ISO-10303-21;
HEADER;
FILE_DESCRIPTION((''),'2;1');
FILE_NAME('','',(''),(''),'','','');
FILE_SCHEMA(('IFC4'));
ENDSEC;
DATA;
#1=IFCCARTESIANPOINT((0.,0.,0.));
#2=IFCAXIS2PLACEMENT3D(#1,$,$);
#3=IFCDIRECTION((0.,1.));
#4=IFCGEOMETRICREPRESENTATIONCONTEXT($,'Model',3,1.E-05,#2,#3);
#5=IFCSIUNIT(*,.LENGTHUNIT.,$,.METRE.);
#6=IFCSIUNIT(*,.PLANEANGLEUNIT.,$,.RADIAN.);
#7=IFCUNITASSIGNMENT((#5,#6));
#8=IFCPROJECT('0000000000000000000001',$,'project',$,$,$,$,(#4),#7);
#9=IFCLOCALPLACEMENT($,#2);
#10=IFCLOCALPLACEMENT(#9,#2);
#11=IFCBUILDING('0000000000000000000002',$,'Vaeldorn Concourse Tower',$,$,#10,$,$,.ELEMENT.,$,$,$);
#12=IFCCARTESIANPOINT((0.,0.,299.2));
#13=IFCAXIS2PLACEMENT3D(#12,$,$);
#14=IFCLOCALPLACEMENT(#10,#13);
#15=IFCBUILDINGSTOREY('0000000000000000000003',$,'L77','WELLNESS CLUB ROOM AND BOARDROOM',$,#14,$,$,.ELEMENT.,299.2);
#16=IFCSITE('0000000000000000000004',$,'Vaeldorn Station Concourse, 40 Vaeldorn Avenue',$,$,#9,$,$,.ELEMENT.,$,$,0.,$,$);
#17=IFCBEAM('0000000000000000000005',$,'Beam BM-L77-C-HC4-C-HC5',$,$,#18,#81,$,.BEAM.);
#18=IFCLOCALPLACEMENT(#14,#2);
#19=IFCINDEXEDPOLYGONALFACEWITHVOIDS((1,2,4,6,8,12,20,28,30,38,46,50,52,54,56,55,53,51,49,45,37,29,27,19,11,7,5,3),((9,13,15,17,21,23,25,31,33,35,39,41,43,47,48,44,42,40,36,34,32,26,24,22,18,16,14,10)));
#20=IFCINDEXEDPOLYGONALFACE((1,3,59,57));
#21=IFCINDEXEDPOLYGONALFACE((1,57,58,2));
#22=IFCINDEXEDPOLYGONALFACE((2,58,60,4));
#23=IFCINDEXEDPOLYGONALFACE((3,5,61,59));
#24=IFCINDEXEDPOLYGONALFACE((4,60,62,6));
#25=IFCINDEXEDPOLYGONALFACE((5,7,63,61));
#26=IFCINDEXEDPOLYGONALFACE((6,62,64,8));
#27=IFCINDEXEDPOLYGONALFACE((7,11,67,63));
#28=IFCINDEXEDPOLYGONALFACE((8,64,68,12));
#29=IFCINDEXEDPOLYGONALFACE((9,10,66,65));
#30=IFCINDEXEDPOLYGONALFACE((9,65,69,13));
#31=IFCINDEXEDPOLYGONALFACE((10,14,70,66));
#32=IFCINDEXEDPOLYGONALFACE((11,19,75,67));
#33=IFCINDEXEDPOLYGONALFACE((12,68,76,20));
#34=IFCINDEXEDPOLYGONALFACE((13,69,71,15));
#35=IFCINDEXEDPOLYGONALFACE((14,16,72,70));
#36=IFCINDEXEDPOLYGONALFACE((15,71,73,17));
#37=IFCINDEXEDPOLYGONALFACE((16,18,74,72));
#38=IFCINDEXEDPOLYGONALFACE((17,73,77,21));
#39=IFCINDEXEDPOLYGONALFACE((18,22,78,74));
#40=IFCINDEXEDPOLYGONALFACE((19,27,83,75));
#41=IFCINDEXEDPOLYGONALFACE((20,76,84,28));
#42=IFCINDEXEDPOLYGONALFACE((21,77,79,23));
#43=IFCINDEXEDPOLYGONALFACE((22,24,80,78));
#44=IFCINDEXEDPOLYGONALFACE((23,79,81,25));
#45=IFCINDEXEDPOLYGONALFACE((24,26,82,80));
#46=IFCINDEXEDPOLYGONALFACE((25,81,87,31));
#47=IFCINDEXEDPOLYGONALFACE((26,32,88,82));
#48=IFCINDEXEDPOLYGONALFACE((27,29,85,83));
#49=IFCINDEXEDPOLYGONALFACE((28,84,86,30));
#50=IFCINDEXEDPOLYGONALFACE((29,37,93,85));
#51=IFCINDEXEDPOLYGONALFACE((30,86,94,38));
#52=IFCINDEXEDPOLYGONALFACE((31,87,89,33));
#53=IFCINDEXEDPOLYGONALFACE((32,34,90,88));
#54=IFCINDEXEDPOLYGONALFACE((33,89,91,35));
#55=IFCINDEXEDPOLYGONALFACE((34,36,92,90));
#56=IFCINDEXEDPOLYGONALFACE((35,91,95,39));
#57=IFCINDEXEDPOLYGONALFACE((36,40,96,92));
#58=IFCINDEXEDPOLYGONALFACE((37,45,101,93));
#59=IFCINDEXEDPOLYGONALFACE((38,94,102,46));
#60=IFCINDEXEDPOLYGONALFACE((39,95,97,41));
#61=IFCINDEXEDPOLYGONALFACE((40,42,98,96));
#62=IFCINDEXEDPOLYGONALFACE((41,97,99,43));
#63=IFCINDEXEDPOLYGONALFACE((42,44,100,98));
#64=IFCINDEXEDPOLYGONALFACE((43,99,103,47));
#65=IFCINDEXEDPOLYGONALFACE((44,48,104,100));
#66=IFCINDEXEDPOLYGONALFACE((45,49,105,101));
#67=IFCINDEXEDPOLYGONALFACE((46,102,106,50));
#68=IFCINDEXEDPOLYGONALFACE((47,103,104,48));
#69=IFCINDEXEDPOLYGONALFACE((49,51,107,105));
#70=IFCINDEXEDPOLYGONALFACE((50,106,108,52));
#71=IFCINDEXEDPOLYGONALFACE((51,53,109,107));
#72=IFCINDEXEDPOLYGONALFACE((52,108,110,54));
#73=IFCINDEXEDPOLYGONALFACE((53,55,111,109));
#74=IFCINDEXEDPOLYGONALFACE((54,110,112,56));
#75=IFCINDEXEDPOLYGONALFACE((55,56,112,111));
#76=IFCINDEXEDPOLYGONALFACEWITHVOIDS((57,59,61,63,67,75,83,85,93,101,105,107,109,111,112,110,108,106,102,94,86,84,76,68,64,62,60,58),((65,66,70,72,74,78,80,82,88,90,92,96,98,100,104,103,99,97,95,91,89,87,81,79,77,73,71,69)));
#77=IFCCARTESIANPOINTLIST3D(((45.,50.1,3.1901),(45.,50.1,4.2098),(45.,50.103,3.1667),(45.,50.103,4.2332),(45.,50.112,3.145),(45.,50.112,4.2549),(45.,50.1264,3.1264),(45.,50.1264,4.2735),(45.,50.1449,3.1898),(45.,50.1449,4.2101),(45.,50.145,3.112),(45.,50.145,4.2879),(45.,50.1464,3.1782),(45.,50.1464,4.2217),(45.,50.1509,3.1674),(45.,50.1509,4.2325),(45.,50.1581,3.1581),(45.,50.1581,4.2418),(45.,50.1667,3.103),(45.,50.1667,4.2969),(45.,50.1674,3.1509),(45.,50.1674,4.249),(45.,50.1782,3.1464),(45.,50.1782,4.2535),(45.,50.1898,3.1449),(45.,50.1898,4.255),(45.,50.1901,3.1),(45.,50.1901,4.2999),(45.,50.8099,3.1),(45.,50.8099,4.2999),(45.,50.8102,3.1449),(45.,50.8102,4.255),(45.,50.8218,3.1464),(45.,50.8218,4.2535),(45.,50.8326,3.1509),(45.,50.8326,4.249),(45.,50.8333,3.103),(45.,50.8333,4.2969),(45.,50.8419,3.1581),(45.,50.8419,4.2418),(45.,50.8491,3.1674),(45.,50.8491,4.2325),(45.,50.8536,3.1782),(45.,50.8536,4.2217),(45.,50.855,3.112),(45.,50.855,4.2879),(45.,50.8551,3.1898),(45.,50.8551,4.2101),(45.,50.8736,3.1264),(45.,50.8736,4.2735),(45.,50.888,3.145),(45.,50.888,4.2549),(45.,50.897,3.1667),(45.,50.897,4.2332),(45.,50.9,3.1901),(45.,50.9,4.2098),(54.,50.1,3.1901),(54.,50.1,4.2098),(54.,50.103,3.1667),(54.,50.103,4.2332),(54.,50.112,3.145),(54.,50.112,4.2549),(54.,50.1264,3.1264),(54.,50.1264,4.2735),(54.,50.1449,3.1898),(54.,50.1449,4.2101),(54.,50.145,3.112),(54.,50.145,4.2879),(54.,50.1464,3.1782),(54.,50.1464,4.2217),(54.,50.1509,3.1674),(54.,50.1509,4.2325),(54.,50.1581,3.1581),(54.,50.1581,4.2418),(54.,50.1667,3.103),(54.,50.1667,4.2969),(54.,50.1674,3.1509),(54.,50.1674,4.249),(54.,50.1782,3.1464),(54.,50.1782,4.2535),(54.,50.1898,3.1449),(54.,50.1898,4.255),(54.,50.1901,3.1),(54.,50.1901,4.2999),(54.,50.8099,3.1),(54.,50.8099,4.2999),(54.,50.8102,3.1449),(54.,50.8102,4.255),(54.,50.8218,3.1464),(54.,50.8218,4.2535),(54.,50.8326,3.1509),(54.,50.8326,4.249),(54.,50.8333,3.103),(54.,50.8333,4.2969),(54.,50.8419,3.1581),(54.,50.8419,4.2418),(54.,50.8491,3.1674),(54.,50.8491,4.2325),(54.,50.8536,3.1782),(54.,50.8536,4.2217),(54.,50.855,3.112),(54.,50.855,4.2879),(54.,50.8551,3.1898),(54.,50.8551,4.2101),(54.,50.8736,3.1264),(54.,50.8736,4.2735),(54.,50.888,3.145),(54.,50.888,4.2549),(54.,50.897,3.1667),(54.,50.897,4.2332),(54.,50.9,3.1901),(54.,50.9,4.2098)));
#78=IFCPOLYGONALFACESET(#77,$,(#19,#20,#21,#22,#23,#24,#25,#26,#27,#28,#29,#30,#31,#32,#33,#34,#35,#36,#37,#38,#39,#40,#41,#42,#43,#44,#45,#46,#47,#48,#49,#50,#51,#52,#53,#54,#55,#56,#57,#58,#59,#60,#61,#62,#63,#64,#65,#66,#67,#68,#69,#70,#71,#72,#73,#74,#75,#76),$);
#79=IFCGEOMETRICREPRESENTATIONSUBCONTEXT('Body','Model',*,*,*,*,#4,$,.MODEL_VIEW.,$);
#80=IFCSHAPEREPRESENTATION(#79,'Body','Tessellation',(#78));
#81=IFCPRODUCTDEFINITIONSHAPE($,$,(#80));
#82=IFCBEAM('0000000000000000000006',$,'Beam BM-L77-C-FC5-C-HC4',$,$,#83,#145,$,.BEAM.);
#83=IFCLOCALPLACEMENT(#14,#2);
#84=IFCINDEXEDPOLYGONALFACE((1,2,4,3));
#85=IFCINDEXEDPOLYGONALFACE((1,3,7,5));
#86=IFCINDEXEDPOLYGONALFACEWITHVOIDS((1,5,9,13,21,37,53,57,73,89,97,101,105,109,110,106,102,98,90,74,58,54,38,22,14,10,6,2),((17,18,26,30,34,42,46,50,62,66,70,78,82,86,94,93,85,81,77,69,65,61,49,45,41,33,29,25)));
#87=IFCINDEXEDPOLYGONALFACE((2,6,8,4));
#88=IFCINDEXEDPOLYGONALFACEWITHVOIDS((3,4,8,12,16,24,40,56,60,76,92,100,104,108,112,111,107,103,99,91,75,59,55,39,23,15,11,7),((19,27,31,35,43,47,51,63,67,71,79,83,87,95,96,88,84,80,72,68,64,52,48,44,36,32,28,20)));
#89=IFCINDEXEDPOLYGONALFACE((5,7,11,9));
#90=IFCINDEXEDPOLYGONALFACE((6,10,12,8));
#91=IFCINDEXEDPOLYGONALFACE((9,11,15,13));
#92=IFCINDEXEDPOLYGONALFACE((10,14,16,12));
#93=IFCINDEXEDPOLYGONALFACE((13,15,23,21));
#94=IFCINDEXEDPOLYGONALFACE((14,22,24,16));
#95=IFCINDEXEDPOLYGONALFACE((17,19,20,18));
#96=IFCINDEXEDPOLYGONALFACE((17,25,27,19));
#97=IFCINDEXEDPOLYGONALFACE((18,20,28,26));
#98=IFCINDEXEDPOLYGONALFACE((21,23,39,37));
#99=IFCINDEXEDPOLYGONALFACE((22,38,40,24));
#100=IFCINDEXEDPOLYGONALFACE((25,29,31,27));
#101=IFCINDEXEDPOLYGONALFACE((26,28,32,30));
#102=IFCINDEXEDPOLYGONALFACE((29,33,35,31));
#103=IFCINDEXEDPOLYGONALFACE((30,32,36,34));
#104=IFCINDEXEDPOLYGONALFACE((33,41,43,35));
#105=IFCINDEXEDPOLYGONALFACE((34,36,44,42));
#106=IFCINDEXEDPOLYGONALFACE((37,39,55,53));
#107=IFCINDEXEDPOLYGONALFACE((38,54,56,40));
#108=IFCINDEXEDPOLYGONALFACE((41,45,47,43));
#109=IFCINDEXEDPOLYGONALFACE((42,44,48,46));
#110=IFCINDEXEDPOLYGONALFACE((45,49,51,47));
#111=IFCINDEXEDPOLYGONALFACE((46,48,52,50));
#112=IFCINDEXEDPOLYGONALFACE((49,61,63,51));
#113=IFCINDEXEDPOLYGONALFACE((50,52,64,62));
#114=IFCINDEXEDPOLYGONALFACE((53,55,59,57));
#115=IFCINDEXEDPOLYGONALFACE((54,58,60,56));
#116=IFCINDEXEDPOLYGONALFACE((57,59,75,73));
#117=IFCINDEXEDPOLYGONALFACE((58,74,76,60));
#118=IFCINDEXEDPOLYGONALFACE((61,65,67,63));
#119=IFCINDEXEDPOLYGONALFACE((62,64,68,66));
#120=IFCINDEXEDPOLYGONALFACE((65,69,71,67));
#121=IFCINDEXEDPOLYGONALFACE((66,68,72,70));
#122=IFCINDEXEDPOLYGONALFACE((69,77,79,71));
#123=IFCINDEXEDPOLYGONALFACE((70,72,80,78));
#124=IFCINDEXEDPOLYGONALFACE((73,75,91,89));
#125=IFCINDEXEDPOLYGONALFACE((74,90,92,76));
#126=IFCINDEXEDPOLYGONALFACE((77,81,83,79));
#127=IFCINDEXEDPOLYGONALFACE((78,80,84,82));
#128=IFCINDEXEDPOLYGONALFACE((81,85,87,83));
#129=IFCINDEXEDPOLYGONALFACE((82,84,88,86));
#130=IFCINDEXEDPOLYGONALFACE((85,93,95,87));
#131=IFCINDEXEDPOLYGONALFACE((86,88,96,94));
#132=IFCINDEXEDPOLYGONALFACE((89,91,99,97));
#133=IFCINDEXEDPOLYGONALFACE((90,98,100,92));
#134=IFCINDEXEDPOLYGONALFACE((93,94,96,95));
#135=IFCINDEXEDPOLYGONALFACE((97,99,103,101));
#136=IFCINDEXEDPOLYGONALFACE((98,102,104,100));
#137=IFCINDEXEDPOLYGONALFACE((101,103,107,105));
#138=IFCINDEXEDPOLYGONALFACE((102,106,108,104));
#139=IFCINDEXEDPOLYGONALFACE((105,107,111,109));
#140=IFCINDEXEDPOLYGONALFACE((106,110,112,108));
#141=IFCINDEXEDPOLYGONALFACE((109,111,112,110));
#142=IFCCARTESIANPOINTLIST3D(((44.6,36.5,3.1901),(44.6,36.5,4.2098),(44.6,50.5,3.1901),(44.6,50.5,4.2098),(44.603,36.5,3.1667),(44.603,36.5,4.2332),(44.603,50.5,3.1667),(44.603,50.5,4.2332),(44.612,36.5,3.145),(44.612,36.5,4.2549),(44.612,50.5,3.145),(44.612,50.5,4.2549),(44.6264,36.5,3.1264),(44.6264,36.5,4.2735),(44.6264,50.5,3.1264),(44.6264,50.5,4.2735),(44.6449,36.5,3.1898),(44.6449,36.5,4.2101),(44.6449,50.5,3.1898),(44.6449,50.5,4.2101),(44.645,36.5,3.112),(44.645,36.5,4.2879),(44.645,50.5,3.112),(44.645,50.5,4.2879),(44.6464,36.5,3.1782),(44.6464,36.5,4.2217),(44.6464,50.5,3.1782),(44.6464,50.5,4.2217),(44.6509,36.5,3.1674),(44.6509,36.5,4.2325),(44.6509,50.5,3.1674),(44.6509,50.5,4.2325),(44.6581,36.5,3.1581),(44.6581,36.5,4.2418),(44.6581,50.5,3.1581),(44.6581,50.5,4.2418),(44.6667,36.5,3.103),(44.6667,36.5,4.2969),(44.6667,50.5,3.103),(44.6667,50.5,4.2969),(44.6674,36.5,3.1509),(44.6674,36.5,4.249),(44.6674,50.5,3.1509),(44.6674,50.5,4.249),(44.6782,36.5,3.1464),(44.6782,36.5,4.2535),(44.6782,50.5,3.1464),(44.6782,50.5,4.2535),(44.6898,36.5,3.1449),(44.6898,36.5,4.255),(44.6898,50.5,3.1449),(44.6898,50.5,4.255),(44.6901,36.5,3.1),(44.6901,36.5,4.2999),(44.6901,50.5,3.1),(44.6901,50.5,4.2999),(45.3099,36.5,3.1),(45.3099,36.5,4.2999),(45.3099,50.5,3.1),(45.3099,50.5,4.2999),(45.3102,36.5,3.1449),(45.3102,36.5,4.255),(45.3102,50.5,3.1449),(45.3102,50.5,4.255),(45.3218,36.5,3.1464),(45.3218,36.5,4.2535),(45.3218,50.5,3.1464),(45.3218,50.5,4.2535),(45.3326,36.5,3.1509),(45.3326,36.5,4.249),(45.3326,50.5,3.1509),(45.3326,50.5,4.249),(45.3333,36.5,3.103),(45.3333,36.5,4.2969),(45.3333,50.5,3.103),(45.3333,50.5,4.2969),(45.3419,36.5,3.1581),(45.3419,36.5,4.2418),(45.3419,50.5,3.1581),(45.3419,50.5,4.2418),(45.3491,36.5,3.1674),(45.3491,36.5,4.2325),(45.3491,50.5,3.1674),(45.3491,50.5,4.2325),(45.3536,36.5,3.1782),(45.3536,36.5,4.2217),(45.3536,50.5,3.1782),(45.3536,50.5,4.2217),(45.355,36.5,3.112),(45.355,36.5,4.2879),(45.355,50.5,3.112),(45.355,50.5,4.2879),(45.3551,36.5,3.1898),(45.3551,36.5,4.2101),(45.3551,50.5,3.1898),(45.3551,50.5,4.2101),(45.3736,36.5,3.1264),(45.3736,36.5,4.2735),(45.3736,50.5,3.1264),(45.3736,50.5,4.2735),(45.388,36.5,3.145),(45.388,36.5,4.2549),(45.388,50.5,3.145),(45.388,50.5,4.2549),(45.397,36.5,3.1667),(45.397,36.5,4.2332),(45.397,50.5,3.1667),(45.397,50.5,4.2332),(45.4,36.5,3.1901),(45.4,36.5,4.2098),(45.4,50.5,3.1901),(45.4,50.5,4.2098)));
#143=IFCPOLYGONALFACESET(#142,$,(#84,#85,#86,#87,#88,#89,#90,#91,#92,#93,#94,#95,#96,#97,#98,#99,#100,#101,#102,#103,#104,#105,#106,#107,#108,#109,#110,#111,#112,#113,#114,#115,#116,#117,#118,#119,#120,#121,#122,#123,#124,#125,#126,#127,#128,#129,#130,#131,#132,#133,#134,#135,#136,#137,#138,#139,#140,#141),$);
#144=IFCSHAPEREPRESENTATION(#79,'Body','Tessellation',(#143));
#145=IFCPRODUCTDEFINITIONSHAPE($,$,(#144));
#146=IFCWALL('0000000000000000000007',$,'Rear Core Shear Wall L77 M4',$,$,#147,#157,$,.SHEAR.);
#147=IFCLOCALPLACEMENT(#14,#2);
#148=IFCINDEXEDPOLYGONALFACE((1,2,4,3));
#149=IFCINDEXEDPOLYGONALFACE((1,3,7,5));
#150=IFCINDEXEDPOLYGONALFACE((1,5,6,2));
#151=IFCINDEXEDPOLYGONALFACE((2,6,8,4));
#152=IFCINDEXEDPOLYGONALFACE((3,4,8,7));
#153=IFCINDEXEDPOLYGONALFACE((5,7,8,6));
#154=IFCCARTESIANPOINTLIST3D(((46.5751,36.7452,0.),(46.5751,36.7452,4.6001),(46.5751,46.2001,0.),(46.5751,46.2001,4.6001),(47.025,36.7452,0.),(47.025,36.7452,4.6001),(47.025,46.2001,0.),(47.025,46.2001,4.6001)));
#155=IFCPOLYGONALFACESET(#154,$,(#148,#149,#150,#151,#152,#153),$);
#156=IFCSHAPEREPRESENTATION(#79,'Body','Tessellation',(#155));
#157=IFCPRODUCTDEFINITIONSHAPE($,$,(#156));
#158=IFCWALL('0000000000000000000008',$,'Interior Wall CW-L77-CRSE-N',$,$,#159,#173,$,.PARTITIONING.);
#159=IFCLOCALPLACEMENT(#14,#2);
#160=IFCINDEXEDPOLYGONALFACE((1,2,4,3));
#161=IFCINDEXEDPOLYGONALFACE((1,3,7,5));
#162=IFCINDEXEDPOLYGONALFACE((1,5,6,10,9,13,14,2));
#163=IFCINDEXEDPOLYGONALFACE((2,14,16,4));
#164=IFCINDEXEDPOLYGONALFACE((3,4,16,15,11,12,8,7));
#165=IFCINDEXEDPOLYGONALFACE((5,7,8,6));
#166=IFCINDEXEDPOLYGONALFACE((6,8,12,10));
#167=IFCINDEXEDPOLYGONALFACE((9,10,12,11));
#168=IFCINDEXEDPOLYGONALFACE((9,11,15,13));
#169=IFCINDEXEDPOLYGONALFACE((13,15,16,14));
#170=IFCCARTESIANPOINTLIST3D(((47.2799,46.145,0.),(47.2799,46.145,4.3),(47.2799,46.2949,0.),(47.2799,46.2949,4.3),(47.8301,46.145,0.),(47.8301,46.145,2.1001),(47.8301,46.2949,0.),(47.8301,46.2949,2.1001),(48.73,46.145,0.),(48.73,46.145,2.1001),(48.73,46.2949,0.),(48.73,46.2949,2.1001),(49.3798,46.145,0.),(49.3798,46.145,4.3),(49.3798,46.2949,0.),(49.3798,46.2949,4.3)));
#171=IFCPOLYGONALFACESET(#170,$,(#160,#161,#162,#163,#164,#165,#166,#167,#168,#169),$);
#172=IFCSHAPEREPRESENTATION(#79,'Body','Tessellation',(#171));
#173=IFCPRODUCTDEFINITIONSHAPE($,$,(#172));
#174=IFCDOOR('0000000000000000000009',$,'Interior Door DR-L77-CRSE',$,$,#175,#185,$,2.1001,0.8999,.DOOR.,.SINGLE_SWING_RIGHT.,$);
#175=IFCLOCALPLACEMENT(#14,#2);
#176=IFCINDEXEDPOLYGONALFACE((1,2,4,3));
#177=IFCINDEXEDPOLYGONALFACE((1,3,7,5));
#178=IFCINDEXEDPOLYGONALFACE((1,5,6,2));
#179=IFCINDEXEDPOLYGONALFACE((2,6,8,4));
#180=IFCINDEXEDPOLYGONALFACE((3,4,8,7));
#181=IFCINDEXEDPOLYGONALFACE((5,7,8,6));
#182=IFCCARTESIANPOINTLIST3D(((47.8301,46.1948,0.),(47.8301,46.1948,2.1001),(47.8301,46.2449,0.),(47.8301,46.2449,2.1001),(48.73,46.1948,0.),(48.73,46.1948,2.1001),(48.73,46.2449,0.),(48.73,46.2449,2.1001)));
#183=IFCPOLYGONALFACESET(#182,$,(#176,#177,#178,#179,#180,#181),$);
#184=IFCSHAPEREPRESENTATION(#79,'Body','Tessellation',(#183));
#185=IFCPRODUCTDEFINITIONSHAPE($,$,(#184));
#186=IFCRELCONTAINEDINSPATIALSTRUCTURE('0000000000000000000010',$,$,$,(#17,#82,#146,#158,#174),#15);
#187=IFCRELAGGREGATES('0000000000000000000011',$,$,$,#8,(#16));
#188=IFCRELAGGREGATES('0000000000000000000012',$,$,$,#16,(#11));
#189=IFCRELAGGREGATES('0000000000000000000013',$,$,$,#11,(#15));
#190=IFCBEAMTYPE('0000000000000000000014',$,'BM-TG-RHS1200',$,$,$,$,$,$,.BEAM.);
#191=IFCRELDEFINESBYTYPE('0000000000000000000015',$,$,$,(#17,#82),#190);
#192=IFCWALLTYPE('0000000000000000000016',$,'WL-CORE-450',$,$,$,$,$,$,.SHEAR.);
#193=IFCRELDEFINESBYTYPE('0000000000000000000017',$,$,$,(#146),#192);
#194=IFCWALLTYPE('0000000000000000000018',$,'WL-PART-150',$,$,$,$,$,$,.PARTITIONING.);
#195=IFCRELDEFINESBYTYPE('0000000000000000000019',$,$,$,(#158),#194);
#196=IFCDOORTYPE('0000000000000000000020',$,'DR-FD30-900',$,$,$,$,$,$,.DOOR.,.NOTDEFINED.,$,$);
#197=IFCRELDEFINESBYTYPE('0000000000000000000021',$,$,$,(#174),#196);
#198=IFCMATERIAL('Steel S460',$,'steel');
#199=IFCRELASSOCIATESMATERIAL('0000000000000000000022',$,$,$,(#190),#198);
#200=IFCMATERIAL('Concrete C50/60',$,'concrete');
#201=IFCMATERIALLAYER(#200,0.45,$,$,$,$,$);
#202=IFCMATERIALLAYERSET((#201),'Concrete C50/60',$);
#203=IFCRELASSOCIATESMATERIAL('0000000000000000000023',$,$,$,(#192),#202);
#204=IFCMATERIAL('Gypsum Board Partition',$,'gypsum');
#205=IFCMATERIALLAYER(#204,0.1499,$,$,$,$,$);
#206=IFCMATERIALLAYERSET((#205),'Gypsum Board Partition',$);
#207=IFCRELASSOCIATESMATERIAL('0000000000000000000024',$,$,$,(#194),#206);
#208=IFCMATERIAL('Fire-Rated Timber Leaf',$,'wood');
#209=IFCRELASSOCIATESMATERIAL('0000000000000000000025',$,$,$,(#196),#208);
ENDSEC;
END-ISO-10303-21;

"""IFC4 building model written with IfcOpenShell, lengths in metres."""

from ifc_helpers import new_model, si_unit, direction, frame, frame_2d, origin, origin_2d, place, context, subcontext, project, spatial, rectangle, hollow_rectangle, extrude, source, transform, mapped, material, layer, layer_set, material_profile, profile_set, type_object, element, fill, save


model = new_model("IFC4")

# Units and contexts
model_context = context("Model", 3, precision=1e-05, world=origin(), true_north=direction((0.0, 1.0)))
body_context = subcontext(model_context, "Body", "Model", "MODEL_VIEW")
ifc_project = project(units=[si_unit("LENGTHUNIT", "METRE"), si_unit("PLANEANGLEUNIT", "RADIAN")], contexts=[model_context])

# Site, building, storey
site_placement = place(None, origin())
site = spatial("IfcSite", under=ifc_project, at=site_placement, Name="Vaeldorn Station Concourse, 40 Vaeldorn Avenue", CompositionType="ELEMENT", RefElevation=0.0)
building_placement = place(site_placement, origin())
building = spatial("IfcBuilding", under=site, at=building_placement, Name="Vaeldorn Concourse Tower", CompositionType="ELEMENT")
storey_placement = place(building_placement, frame((0.0, 0.0, 299.2)))
storey = spatial("IfcBuildingStorey", under=building, at=storey_placement, Name="L77", Description="WELLNESS CLUB ROOM AND BOARDROOM", CompositionType="ELEMENT", Elevation=299.2)

# Beams
ifc_material_1 = material(Name="Concrete C50/60", Category="concrete")
ifc_material_2 = material(Name="Steel S460", Category="steel")
ifc_material_profile_1 = material_profile(ifc_material_2, hollow_rectangle(XDim=0.8, YDim=1.2, WallThickness=0.0449, InnerFilletRadius=0.0449, OuterFilletRadius=0.0901, at=origin_2d()), Name="RHS 1200x800x45")
ifc_profile_set_1 = profile_set([ifc_material_profile_1], Name="Steel S460")
beam_type_1 = type_object("IfcBeamType", Name="BM-TG-RHS1200", PredefinedType="BEAM", material=ifc_profile_set_1)
shared_shape_1 = source(origin(), body_context, "Body", "SweptSolid", [
    extrude(hollow_rectangle(XDim=0.8, YDim=1.2, WallThickness=0.0449, InnerFilletRadius=0.0449, OuterFilletRadius=0.0901, at=origin_2d()), origin(), (0.0, 0.0, 1.0), 9.0),
])
beam_1_placement = place(storey_placement, frame((45.0, 50.5, 3.7), z_axis=(1.0, 0.0, 0.0), x_axis=(0.0, 1.0, 0.0)))
element("IfcBeam", 1, at=beam_1_placement, inside=storey, type_object=beam_type_1, Name="Beam BM-L77-C-HC4-C-HC5", PredefinedType="BEAM", context=body_context, shape_type="MappedRepresentation", body=[
    mapped(shared_shape_1, transform((0.0, 0.0, 0.0), scale=1.0)),
])
shared_shape_2 = source(origin(), body_context, "Body", "SweptSolid", [
    extrude(hollow_rectangle(XDim=0.8, YDim=1.2, WallThickness=0.0449, InnerFilletRadius=0.0449, OuterFilletRadius=0.0901, at=origin_2d()), origin(), (0.0, 0.0, 1.0), 14.0),
])
beam_2_placement = place(storey_placement, frame((45.0, 36.5, 3.7), z_axis=(0.0, 1.0, 0.0), x_axis=(-1.0, 0.0, 0.0)))
element("IfcBeam", 2, at=beam_2_placement, inside=storey, type_object=beam_type_1, Name="Beam BM-L77-C-FC5-C-HC4", PredefinedType="BEAM", context=body_context, shape_type="MappedRepresentation", body=[
    mapped(shared_shape_2, transform((0.0, 0.0, 0.0), scale=1.0)),
])

# Wall
ifc_layer_1 = layer(ifc_material_1, 0.45)
ifc_layer_set_1 = layer_set([ifc_layer_1], Name="Concrete C50/60")
wall_type_1 = type_object("IfcWallType", Name="WL-CORE-450", PredefinedType="SHEAR", material=ifc_layer_set_1)
wall_1_placement = place(storey_placement, frame((46.8, 36.7451, 0.0), z_axis=(0.0, 0.0, 1.0), x_axis=(0.0, 1.0, 0.0)))
element("IfcWall", 3, at=wall_1_placement, inside=storey, type_object=wall_type_1, Name="Rear Core Shear Wall L77 M4", PredefinedType="SHEAR", context=body_context, shape_type="SweptSolid", body=[
    extrude(rectangle(XDim=9.4548, YDim=0.45, at=frame_2d((4.7275, 0.0))), origin(), (0.0, 0.0, 1.0), 4.6001),
])

# Wall, opening, door
ifc_material_3 = material(Name="Gypsum Board Partition", Category="gypsum")
ifc_layer_2 = layer(ifc_material_3, 0.1499)
ifc_layer_set_2 = layer_set([ifc_layer_2], Name="Gypsum Board Partition")
wall_type_2 = type_object("IfcWallType", Name="WL-PART-150", PredefinedType="PARTITIONING", material=ifc_layer_set_2)
wall_2_placement = place(storey_placement, frame((47.28, 46.22, 0.0), z_axis=(0.0, 0.0, 1.0), x_axis=(1.0, 0.0, 0.0)))
wall_2 = element("IfcWall", 4, at=wall_2_placement, inside=storey, type_object=wall_type_2, Name="Interior Wall CW-L77-CRSE-N", PredefinedType="PARTITIONING", context=body_context, shape_type="SweptSolid", body=[
    extrude(rectangle(XDim=2.0999, YDim=0.1499, at=frame_2d((1.0498, 0.0))), origin(), (0.0, 0.0, 1.0), 4.3),
])
opening_1_placement = place(wall_2_placement, frame((0.55, 0.0, 0.0)))
opening_1 = element("IfcOpeningElement", 5, at=opening_1_placement, cuts=wall_2, PredefinedType="OPENING", context=body_context, shape_type="SweptSolid", body=[
    extrude(rectangle(XDim=0.8999, YDim=2.1001, at=frame_2d((0.45, 1.05))), frame((0.0, 0.085, 0.0), z_axis=(0.0, -1.0, 0.0), x_axis=(1.0, 0.0, 0.0)), (0.0, 0.0, 1.0), 0.1699),
])
ifc_material_4 = material(Name="Fire-Rated Timber Leaf", Category="wood")
door_type_1 = type_object("IfcDoorType", Name="DR-FD30-900", OperationType="NOTDEFINED", PredefinedType="DOOR", material=ifc_material_4)
shared_shape_3 = source(origin(), body_context, "Body", "SweptSolid", [
    extrude(rectangle(XDim=0.8999, YDim=2.1001, at=frame_2d((0.45, 1.05))), frame((0.0, 0.0249, 0.0), z_axis=(0.0, -1.0, 0.0), x_axis=(1.0, 0.0, 0.0)), (0.0, 0.0, 1.0), 0.05),
])
door_1_placement = place(opening_1_placement, origin())
door_1 = element("IfcDoor", 6, at=door_1_placement, inside=storey, type_object=door_type_1, Name="Interior Door DR-L77-CRSE", OperationType="SINGLE_SWING_RIGHT", OverallHeight=2.1001, OverallWidth=0.8999, PredefinedType="DOOR", context=body_context, shape_type="MappedRepresentation", body=[
    mapped(shared_shape_3, transform((0.0, 0.0, 0.0), scale=1.0)),
])
fill(opening_1, door_1)

save(model, "model.ifc")
